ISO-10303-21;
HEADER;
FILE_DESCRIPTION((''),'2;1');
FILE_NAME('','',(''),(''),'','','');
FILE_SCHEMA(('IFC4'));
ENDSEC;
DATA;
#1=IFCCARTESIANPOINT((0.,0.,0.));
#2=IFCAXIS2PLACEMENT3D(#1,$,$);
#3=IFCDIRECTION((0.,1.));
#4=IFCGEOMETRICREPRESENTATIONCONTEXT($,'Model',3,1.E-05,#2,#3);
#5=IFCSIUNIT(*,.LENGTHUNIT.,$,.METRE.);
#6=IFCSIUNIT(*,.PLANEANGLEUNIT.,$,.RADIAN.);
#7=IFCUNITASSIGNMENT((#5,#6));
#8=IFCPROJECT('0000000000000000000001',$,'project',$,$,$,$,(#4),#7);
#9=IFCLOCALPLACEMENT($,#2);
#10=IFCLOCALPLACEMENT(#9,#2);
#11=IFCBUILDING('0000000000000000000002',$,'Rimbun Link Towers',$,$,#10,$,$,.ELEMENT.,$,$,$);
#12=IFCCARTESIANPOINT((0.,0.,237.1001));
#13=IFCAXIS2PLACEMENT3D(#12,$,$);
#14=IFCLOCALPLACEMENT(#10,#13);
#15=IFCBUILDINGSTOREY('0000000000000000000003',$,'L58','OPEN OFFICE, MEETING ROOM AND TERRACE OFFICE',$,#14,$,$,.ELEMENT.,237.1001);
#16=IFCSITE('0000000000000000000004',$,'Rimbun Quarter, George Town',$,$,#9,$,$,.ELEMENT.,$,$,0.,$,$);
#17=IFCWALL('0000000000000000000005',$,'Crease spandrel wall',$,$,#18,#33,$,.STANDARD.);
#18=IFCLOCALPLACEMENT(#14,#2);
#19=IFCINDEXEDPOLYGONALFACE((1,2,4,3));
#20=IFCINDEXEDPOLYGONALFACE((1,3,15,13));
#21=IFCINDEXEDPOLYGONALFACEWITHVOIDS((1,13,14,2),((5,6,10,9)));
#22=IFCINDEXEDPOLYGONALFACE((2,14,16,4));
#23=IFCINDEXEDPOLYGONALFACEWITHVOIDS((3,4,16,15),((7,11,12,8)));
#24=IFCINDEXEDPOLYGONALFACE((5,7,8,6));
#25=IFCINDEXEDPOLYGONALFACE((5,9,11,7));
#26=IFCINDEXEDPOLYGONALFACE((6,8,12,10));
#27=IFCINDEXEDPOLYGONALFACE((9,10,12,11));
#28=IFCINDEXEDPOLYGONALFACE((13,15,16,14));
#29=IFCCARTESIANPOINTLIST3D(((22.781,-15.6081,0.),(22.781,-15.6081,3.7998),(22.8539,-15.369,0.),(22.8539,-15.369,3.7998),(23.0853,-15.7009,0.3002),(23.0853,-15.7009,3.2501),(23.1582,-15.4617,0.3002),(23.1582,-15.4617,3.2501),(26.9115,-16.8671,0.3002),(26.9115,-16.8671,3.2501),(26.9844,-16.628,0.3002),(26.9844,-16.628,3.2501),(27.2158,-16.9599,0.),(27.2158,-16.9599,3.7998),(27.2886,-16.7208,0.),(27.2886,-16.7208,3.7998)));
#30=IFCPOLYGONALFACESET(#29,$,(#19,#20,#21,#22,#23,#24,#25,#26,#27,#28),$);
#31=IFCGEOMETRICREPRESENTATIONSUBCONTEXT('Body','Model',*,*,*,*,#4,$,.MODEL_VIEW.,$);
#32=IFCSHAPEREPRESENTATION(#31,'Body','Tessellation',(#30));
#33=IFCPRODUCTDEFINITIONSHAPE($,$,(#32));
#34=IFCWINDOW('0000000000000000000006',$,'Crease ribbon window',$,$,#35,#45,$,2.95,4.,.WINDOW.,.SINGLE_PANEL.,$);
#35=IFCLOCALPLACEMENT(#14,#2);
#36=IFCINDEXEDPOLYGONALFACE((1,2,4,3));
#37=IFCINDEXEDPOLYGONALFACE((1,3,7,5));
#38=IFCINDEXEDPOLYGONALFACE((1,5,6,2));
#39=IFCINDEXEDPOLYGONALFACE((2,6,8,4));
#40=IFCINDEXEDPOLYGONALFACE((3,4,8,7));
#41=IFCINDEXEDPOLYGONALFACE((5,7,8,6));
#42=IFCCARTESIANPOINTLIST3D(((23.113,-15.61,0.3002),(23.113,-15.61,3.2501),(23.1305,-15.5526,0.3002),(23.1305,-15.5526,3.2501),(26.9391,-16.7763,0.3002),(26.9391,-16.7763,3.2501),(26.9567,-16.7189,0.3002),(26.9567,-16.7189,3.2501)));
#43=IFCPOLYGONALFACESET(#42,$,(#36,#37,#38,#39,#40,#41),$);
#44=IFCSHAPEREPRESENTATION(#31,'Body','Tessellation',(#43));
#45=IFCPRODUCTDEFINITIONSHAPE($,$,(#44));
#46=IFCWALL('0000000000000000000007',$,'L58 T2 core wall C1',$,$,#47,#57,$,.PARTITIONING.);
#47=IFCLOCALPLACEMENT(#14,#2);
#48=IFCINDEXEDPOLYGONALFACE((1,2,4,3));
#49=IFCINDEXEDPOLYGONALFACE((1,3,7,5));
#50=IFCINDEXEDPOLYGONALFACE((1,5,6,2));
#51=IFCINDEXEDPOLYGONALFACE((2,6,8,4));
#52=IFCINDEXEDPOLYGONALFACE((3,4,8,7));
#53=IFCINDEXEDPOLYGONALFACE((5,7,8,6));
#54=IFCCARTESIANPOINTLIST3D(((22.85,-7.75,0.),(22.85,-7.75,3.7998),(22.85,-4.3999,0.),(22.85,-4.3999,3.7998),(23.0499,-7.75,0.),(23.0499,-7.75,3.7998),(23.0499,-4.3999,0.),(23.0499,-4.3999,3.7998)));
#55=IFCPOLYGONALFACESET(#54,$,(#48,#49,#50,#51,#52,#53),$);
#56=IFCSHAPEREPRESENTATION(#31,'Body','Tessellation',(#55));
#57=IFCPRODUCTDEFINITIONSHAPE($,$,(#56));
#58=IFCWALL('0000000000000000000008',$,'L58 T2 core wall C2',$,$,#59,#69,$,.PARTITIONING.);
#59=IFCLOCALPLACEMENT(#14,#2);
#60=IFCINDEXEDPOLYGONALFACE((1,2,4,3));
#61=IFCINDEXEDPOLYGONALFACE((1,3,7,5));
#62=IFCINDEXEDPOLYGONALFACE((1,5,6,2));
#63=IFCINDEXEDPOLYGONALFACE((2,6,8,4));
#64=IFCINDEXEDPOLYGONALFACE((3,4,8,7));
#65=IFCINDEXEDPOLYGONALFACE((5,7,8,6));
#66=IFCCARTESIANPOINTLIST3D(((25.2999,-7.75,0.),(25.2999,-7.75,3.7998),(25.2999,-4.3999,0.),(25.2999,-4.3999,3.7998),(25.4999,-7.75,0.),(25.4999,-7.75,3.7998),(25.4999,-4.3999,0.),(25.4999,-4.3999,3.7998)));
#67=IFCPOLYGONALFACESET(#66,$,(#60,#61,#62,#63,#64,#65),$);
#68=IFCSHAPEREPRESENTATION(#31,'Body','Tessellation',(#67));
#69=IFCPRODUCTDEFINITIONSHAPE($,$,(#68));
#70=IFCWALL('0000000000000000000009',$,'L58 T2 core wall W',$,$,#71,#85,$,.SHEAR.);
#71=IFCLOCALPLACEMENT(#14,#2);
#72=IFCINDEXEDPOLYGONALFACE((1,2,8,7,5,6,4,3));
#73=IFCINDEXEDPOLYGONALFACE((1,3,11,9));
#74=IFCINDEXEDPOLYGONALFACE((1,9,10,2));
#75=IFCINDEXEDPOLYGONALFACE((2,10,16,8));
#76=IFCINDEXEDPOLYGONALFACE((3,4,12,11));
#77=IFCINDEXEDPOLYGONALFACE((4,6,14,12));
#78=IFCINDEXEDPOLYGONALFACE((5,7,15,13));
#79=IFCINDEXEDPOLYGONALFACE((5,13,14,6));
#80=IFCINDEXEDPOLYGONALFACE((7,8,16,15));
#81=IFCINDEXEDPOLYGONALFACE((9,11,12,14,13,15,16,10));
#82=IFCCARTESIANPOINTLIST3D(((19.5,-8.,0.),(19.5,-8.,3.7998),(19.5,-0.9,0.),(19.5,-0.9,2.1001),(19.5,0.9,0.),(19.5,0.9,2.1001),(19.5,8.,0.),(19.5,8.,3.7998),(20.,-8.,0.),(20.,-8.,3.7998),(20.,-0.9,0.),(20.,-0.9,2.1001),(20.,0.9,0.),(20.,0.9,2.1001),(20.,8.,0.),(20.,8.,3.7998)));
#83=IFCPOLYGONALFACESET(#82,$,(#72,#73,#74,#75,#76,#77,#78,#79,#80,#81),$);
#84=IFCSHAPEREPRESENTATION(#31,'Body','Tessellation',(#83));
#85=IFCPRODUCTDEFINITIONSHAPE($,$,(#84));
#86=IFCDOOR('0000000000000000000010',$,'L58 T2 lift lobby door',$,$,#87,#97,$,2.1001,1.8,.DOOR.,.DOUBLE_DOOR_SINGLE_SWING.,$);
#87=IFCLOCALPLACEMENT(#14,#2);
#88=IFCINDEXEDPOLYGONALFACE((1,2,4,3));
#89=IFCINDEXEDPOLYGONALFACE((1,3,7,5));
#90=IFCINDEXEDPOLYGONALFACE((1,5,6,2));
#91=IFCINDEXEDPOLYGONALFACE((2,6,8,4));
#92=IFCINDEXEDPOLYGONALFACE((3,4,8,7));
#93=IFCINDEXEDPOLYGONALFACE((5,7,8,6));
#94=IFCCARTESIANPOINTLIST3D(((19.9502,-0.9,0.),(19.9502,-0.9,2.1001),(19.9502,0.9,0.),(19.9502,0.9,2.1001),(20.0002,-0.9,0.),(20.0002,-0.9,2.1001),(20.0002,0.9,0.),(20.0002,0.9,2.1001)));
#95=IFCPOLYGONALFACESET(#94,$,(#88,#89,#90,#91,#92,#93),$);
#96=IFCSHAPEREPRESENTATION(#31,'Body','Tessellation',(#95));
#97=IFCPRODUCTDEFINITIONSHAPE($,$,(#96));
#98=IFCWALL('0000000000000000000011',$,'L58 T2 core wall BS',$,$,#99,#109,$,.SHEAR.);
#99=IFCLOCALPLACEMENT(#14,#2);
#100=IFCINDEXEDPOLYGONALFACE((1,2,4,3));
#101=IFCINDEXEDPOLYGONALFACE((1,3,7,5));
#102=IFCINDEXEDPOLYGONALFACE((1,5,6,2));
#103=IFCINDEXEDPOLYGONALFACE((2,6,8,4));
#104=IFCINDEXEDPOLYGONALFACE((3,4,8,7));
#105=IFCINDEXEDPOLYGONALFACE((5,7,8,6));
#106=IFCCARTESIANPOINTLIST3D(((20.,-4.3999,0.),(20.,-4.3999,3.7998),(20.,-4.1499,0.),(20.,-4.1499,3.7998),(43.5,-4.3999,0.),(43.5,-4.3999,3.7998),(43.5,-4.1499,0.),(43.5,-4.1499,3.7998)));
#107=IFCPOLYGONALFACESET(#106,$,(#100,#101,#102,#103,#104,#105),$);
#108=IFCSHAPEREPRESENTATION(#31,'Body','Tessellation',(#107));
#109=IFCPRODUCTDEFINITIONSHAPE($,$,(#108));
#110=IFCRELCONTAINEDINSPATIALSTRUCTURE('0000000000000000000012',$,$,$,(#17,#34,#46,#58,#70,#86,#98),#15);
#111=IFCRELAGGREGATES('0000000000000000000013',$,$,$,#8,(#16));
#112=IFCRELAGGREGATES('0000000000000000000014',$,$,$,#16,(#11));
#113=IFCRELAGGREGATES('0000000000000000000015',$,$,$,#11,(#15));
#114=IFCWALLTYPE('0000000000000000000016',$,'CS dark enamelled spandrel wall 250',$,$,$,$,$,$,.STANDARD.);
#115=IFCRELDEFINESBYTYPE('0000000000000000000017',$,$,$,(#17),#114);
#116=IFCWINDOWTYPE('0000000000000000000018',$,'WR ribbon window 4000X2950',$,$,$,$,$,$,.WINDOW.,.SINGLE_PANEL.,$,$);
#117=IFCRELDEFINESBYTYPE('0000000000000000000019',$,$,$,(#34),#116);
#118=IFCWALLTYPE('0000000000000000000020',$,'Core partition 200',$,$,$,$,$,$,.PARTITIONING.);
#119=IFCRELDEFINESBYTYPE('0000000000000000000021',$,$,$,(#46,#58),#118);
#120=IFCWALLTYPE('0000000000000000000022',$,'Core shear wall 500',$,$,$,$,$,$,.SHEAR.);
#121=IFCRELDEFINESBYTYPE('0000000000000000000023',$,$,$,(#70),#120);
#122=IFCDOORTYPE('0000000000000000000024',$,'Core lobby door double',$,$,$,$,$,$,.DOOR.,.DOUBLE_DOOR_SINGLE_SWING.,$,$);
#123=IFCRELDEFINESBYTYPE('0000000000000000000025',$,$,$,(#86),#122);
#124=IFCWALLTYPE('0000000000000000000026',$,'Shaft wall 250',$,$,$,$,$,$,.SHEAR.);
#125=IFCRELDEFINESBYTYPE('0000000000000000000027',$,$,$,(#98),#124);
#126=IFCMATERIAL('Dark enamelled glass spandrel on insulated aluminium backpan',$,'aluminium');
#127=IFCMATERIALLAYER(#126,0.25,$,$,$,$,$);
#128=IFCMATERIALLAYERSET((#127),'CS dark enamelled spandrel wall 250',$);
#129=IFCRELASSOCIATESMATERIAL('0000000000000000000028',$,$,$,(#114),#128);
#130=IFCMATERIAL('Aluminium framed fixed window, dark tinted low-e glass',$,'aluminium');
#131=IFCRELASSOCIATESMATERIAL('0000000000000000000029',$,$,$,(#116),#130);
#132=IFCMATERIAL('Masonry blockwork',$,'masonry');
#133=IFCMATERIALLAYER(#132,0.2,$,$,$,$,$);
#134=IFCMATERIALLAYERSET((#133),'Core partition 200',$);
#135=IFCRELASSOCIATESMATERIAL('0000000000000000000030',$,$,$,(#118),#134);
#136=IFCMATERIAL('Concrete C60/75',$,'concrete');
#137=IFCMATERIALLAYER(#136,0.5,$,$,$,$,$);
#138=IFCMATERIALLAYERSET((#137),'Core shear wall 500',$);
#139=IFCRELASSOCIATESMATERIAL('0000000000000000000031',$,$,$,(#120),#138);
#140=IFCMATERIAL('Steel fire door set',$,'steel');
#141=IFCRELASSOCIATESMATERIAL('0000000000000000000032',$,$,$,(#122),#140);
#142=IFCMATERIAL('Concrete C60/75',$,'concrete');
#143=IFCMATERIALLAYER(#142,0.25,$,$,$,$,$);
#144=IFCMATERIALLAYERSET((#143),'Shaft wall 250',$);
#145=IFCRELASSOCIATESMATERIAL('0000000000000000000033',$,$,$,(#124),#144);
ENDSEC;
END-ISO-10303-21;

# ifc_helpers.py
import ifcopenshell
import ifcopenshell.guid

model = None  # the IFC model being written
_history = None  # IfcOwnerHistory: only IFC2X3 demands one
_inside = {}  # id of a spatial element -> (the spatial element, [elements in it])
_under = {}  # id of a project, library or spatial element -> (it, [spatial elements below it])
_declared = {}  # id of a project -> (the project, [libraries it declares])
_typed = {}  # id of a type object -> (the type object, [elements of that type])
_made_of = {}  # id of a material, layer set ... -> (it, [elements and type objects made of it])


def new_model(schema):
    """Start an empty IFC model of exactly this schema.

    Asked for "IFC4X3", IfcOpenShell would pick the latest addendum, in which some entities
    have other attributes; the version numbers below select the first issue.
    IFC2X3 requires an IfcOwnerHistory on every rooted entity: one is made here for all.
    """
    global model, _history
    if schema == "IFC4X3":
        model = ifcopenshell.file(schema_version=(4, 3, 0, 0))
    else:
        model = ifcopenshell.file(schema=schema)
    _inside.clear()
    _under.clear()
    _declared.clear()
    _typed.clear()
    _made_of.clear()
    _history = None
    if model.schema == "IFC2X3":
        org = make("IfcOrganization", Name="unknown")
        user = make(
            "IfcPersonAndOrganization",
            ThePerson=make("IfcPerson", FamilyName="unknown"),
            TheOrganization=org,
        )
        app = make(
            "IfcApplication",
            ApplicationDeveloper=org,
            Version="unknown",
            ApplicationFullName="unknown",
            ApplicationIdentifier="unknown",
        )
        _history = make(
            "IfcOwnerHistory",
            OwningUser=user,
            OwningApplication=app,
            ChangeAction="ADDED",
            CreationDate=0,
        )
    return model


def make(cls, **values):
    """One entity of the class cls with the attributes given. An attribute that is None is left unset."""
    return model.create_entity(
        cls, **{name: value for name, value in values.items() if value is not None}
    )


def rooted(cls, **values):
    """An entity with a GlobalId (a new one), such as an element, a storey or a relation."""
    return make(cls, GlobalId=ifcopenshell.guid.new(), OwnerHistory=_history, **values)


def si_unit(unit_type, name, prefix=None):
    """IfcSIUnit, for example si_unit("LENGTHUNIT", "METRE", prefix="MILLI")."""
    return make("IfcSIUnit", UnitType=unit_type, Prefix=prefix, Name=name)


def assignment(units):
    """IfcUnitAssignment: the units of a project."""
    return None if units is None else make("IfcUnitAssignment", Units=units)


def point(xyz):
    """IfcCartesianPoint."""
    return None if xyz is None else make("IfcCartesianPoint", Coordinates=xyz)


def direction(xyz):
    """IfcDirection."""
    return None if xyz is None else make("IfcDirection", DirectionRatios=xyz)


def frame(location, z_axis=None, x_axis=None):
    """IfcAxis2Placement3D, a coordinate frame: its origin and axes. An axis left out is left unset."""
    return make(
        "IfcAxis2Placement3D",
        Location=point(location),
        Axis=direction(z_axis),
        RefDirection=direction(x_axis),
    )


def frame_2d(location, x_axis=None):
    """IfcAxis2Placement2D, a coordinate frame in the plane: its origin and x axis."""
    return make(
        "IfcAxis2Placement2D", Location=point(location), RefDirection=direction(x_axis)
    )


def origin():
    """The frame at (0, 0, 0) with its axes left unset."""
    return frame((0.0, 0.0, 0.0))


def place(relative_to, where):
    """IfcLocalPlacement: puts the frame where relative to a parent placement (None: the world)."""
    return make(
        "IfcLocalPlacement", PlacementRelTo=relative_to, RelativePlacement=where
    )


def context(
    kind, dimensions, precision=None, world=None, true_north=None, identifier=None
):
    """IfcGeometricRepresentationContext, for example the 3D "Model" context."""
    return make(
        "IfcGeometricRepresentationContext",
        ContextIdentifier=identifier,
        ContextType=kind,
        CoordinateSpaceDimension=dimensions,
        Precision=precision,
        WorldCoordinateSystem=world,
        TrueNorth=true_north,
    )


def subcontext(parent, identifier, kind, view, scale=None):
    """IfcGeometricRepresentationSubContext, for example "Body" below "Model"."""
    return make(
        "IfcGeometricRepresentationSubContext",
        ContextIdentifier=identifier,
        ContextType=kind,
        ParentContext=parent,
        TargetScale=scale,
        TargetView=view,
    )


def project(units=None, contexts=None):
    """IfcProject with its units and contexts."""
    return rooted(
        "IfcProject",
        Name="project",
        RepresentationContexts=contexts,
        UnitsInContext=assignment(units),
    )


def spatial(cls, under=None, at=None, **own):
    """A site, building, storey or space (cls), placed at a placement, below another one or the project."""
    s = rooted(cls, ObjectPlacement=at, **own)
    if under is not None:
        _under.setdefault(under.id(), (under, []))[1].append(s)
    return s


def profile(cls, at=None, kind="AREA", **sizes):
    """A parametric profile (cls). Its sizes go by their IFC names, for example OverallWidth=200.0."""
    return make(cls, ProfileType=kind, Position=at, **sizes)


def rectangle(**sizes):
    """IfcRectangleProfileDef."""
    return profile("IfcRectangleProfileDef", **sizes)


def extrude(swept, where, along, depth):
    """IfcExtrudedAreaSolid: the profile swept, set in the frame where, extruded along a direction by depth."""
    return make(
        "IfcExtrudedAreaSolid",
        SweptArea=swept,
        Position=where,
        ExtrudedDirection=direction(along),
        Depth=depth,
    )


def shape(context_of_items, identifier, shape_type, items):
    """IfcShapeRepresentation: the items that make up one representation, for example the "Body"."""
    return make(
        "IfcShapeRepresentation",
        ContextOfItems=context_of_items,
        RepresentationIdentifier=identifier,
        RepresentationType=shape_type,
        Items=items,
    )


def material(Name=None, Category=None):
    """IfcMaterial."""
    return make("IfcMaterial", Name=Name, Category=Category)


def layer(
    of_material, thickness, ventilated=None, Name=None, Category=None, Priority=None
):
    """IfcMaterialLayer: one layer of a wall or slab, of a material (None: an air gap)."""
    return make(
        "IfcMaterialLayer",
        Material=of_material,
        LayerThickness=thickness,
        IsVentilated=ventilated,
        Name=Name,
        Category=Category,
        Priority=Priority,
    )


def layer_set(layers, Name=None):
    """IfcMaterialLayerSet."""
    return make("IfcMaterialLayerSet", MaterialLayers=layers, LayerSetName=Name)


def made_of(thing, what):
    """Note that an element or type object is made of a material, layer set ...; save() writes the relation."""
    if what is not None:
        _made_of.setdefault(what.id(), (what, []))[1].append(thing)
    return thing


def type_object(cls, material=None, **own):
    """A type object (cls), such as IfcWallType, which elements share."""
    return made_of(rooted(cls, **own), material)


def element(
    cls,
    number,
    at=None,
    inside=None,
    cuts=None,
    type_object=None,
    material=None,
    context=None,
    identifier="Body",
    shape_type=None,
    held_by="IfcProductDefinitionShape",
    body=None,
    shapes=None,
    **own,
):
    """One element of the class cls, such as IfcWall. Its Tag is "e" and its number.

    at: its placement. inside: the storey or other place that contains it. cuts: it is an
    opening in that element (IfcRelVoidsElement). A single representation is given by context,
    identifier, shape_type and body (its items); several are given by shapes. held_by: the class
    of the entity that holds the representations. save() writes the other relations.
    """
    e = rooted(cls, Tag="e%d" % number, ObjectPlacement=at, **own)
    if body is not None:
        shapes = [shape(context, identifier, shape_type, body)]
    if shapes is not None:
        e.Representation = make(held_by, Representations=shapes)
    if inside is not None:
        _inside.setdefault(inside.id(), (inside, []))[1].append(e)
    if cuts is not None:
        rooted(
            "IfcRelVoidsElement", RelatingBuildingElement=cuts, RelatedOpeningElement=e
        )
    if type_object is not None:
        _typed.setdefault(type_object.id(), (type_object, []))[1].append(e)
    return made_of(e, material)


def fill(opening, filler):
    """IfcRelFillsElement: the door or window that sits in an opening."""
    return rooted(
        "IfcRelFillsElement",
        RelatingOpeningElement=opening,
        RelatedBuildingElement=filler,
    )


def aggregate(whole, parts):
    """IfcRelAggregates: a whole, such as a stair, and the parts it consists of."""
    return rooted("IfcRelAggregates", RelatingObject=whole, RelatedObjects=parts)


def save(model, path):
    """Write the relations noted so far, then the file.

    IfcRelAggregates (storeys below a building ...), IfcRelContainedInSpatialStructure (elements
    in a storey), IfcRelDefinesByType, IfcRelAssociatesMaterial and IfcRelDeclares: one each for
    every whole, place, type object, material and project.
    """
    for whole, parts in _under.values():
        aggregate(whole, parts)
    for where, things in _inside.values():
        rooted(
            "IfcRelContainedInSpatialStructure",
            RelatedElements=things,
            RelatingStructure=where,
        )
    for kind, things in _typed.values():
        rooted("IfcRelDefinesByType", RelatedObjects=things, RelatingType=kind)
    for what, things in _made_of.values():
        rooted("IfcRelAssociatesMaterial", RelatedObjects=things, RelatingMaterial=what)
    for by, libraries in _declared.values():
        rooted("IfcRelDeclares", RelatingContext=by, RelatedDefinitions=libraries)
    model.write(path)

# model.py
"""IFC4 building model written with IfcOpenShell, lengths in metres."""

from ifc_helpers import new_model, si_unit, direction, frame, frame_2d, origin, place, context, subcontext, project, spatial, rectangle, extrude, material, layer, layer_set, type_object, element, fill, save


model = new_model("IFC4")

# Units and contexts
model_context = context("Model", 3, precision=1e-05, world=origin(), true_north=direction((0.0, 1.0)))
body_context = subcontext(model_context, "Body", "Model", "MODEL_VIEW")
ifc_project = project(units=[si_unit("LENGTHUNIT", "METRE"), si_unit("PLANEANGLEUNIT", "RADIAN")], contexts=[model_context])

# Site, building, storey
site_placement = place(None, origin())
site = spatial("IfcSite", under=ifc_project, at=site_placement, Name="Rimbun Quarter, George Town", CompositionType="ELEMENT", RefElevation=0.0)
building_placement = place(site_placement, origin())
building = spatial("IfcBuilding", under=site, at=building_placement, Name="Rimbun Link Towers", CompositionType="ELEMENT")
storey_placement = place(building_placement, frame((0.0, 0.0, 237.1001)))
storey = spatial("IfcBuildingStorey", under=building, at=storey_placement, Name="L58", Description="OPEN OFFICE, MEETING ROOM AND TERRACE OFFICE", CompositionType="ELEMENT", Elevation=237.1001)

# Wall, opening, window
ifc_material_1 = material(Name="Dark enamelled glass spandrel on insulated aluminium backpan", Category="aluminium")
ifc_layer_1 = layer(ifc_material_1, 0.25)
ifc_layer_set_1 = layer_set([ifc_layer_1], Name="CS dark enamelled spandrel wall 250")
wall_type_1 = type_object("IfcWallType", Name="CS dark enamelled spandrel wall 250", PredefinedType="STANDARD", material=ifc_layer_set_1)
ifc_material_2 = material(Name="Aluminium framed fixed window, dark tinted low-e glass", Category="aluminium")
window_type = type_object("IfcWindowType", Name="WR ribbon window 4000X2950", PartitioningType="SINGLE_PANEL", PredefinedType="WINDOW", material=ifc_material_2)
wall_1_placement = place(storey_placement, frame((27.2522, -16.8403, 0.0), z_axis=(0.0, 0.0, 1.0), x_axis=(-0.956549, 0.291572, 0.0)))
wall_1 = element("IfcWall", 1, at=wall_1_placement, inside=storey, type_object=wall_type_1, Name="Crease spandrel wall", PredefinedType="STANDARD", context=body_context, shape_type="SweptSolid", body=[
    extrude(rectangle(XDim=4.6362, YDim=0.25, at=frame_2d((2.3181, 0.0))), origin(), (0.0, 0.0, 1.0), 3.7998),
])
opening_1_placement = place(wall_1_placement, frame((0.3181, 0.0, 0.3)))
opening_1 = element("IfcOpeningElement", 2, at=opening_1_placement, cuts=wall_1, PredefinedType="OPENING", context=body_context, shape_type="SweptSolid", body=[
    extrude(rectangle(XDim=4.0, YDim=2.95, at=frame_2d((2.0, 1.4751))), frame((0.0, 0.135, 0.0), z_axis=(0.0, -1.0, 0.0), x_axis=(1.0, 0.0, 0.0)), (0.0, 0.0, 1.0), 0.27),
])
window_1_placement = place(opening_1_placement, origin())
window_1 = element("IfcWindow", 3, at=window_1_placement, inside=storey, type_object=window_type, Name="Crease ribbon window", OverallHeight=2.95, OverallWidth=4.0, PartitioningType="SINGLE_PANEL", PredefinedType="WINDOW", context=body_context, shape_type="SweptSolid", body=[
    extrude(rectangle(XDim=4.0, YDim=2.95, at=frame_2d((2.0, 1.4751))), frame((0.0, 0.03, 0.0), z_axis=(0.0, -1.0, 0.0), x_axis=(1.0, 0.0, 0.0)), (0.0, 0.0, 1.0), 0.0601),
])
fill(opening_1, window_1)

# Walls
ifc_material_3 = material(Name="Masonry blockwork", Category="masonry")
ifc_layer_2 = layer(ifc_material_3, 0.2)
ifc_layer_set_2 = layer_set([ifc_layer_2], Name="Core partition 200")
wall_type_2 = type_object("IfcWallType", Name="Core partition 200", PredefinedType="PARTITIONING", material=ifc_layer_set_2)
for number, where, z_axis, x_axis, name in (
    (4, (22.95, -4.3999, 0.0), (0.0, 0.0, 1.0), (0.0, -1.0, 0.0), "L58 T2 core wall C1"),
    (5, (25.3999, -4.3999, 0.0), (0.0, 0.0, 1.0), (0.0, -1.0, 0.0), "L58 T2 core wall C2"),
):
    element("IfcWall", number, at=place(storey_placement, frame(where, z_axis=z_axis, x_axis=x_axis)), inside=storey, type_object=wall_type_2, Name=name, PredefinedType="PARTITIONING", context=body_context, shape_type="SweptSolid", body=[
        extrude(rectangle(XDim=3.3501, YDim=0.2, at=frame_2d((1.675, 0.0))), origin(), (0.0, 0.0, 1.0), 3.7998),
    ])

# Wall, opening, door
ifc_material_4 = material(Name="Concrete C60/75", Category="concrete")
ifc_layer_3 = layer(ifc_material_4, 0.5)
ifc_layer_set_3 = layer_set([ifc_layer_3], Name="Core shear wall 500")
wall_type_3 = type_object("IfcWallType", Name="Core shear wall 500", PredefinedType="SHEAR", material=ifc_layer_set_3)
wall_2_placement = place(storey_placement, frame((19.75, -8.0, 0.0), z_axis=(0.0, 0.0, 1.0), x_axis=(0.0, 1.0, 0.0)))
wall_2 = element("IfcWall", 6, at=wall_2_placement, inside=storey, type_object=wall_type_3, Name="L58 T2 core wall W", PredefinedType="SHEAR", context=body_context, shape_type="SweptSolid", body=[
    extrude(rectangle(XDim=16.0, YDim=0.5, at=frame_2d((8.0, 0.0))), origin(), (0.0, 0.0, 1.0), 3.7998),
])
opening_2_placement = place(wall_2_placement, frame((7.1001, 0.0, 0.0)))
opening_2 = element("IfcOpeningElement", 7, at=opening_2_placement, cuts=wall_2, PredefinedType="OPENING", context=body_context, shape_type="SweptSolid", body=[
    extrude(rectangle(XDim=1.8, YDim=2.1001, at=frame_2d((0.8999, 1.05))), frame((0.0, 0.26, 0.0), z_axis=(0.0, -1.0, 0.0), x_axis=(1.0, 0.0, 0.0)), (0.0, 0.0, 1.0), 0.52),
])
ifc_material_5 = material(Name="Steel fire door set", Category="steel")
door_type_1 = type_object("IfcDoorType", Name="Core lobby door double", OperationType="DOUBLE_DOOR_SINGLE_SWING", PredefinedType="DOOR", material=ifc_material_5)
door_1_placement = place(opening_2_placement, origin())
door_1 = element("IfcDoor", 8, at=door_1_placement, inside=storey, type_object=door_type_1, Name="L58 T2 lift lobby door", OperationType="DOUBLE_DOOR_SINGLE_SWING", OverallHeight=2.1001, OverallWidth=1.8, PredefinedType="DOOR", context=body_context, shape_type="SweptSolid", body=[
    extrude(rectangle(XDim=1.8, YDim=2.1001, at=frame_2d((0.8999, 1.05))), frame((0.0, -0.2002, 0.0), z_axis=(0.0, -1.0, 0.0), x_axis=(1.0, 0.0, 0.0)), (0.0, 0.0, 1.0), 0.05),
])
fill(opening_2, door_1)

# Wall
ifc_material_6 = material(Name="Concrete C60/75", Category="concrete")
ifc_layer_4 = layer(ifc_material_6, 0.25)
ifc_layer_set_4 = layer_set([ifc_layer_4], Name="Shaft wall 250")
wall_type_4 = type_object("IfcWallType", Name="Shaft wall 250", PredefinedType="SHEAR", material=ifc_layer_set_4)
wall_3_placement = place(storey_placement, frame((20.0, -4.2749, 0.0), z_axis=(0.0, 0.0, 1.0), x_axis=(1.0, 0.0, 0.0)))
element("IfcWall", 9, at=wall_3_placement, inside=storey, type_object=wall_type_4, Name="L58 T2 core wall BS", PredefinedType="SHEAR", context=body_context, shape_type="SweptSolid", body=[
    extrude(rectangle(XDim=23.5, YDim=0.25, at=frame_2d((11.75, 0.0))), origin(), (0.0, 0.0, 1.0), 3.7998),
])

save(model, "model.ifc")
